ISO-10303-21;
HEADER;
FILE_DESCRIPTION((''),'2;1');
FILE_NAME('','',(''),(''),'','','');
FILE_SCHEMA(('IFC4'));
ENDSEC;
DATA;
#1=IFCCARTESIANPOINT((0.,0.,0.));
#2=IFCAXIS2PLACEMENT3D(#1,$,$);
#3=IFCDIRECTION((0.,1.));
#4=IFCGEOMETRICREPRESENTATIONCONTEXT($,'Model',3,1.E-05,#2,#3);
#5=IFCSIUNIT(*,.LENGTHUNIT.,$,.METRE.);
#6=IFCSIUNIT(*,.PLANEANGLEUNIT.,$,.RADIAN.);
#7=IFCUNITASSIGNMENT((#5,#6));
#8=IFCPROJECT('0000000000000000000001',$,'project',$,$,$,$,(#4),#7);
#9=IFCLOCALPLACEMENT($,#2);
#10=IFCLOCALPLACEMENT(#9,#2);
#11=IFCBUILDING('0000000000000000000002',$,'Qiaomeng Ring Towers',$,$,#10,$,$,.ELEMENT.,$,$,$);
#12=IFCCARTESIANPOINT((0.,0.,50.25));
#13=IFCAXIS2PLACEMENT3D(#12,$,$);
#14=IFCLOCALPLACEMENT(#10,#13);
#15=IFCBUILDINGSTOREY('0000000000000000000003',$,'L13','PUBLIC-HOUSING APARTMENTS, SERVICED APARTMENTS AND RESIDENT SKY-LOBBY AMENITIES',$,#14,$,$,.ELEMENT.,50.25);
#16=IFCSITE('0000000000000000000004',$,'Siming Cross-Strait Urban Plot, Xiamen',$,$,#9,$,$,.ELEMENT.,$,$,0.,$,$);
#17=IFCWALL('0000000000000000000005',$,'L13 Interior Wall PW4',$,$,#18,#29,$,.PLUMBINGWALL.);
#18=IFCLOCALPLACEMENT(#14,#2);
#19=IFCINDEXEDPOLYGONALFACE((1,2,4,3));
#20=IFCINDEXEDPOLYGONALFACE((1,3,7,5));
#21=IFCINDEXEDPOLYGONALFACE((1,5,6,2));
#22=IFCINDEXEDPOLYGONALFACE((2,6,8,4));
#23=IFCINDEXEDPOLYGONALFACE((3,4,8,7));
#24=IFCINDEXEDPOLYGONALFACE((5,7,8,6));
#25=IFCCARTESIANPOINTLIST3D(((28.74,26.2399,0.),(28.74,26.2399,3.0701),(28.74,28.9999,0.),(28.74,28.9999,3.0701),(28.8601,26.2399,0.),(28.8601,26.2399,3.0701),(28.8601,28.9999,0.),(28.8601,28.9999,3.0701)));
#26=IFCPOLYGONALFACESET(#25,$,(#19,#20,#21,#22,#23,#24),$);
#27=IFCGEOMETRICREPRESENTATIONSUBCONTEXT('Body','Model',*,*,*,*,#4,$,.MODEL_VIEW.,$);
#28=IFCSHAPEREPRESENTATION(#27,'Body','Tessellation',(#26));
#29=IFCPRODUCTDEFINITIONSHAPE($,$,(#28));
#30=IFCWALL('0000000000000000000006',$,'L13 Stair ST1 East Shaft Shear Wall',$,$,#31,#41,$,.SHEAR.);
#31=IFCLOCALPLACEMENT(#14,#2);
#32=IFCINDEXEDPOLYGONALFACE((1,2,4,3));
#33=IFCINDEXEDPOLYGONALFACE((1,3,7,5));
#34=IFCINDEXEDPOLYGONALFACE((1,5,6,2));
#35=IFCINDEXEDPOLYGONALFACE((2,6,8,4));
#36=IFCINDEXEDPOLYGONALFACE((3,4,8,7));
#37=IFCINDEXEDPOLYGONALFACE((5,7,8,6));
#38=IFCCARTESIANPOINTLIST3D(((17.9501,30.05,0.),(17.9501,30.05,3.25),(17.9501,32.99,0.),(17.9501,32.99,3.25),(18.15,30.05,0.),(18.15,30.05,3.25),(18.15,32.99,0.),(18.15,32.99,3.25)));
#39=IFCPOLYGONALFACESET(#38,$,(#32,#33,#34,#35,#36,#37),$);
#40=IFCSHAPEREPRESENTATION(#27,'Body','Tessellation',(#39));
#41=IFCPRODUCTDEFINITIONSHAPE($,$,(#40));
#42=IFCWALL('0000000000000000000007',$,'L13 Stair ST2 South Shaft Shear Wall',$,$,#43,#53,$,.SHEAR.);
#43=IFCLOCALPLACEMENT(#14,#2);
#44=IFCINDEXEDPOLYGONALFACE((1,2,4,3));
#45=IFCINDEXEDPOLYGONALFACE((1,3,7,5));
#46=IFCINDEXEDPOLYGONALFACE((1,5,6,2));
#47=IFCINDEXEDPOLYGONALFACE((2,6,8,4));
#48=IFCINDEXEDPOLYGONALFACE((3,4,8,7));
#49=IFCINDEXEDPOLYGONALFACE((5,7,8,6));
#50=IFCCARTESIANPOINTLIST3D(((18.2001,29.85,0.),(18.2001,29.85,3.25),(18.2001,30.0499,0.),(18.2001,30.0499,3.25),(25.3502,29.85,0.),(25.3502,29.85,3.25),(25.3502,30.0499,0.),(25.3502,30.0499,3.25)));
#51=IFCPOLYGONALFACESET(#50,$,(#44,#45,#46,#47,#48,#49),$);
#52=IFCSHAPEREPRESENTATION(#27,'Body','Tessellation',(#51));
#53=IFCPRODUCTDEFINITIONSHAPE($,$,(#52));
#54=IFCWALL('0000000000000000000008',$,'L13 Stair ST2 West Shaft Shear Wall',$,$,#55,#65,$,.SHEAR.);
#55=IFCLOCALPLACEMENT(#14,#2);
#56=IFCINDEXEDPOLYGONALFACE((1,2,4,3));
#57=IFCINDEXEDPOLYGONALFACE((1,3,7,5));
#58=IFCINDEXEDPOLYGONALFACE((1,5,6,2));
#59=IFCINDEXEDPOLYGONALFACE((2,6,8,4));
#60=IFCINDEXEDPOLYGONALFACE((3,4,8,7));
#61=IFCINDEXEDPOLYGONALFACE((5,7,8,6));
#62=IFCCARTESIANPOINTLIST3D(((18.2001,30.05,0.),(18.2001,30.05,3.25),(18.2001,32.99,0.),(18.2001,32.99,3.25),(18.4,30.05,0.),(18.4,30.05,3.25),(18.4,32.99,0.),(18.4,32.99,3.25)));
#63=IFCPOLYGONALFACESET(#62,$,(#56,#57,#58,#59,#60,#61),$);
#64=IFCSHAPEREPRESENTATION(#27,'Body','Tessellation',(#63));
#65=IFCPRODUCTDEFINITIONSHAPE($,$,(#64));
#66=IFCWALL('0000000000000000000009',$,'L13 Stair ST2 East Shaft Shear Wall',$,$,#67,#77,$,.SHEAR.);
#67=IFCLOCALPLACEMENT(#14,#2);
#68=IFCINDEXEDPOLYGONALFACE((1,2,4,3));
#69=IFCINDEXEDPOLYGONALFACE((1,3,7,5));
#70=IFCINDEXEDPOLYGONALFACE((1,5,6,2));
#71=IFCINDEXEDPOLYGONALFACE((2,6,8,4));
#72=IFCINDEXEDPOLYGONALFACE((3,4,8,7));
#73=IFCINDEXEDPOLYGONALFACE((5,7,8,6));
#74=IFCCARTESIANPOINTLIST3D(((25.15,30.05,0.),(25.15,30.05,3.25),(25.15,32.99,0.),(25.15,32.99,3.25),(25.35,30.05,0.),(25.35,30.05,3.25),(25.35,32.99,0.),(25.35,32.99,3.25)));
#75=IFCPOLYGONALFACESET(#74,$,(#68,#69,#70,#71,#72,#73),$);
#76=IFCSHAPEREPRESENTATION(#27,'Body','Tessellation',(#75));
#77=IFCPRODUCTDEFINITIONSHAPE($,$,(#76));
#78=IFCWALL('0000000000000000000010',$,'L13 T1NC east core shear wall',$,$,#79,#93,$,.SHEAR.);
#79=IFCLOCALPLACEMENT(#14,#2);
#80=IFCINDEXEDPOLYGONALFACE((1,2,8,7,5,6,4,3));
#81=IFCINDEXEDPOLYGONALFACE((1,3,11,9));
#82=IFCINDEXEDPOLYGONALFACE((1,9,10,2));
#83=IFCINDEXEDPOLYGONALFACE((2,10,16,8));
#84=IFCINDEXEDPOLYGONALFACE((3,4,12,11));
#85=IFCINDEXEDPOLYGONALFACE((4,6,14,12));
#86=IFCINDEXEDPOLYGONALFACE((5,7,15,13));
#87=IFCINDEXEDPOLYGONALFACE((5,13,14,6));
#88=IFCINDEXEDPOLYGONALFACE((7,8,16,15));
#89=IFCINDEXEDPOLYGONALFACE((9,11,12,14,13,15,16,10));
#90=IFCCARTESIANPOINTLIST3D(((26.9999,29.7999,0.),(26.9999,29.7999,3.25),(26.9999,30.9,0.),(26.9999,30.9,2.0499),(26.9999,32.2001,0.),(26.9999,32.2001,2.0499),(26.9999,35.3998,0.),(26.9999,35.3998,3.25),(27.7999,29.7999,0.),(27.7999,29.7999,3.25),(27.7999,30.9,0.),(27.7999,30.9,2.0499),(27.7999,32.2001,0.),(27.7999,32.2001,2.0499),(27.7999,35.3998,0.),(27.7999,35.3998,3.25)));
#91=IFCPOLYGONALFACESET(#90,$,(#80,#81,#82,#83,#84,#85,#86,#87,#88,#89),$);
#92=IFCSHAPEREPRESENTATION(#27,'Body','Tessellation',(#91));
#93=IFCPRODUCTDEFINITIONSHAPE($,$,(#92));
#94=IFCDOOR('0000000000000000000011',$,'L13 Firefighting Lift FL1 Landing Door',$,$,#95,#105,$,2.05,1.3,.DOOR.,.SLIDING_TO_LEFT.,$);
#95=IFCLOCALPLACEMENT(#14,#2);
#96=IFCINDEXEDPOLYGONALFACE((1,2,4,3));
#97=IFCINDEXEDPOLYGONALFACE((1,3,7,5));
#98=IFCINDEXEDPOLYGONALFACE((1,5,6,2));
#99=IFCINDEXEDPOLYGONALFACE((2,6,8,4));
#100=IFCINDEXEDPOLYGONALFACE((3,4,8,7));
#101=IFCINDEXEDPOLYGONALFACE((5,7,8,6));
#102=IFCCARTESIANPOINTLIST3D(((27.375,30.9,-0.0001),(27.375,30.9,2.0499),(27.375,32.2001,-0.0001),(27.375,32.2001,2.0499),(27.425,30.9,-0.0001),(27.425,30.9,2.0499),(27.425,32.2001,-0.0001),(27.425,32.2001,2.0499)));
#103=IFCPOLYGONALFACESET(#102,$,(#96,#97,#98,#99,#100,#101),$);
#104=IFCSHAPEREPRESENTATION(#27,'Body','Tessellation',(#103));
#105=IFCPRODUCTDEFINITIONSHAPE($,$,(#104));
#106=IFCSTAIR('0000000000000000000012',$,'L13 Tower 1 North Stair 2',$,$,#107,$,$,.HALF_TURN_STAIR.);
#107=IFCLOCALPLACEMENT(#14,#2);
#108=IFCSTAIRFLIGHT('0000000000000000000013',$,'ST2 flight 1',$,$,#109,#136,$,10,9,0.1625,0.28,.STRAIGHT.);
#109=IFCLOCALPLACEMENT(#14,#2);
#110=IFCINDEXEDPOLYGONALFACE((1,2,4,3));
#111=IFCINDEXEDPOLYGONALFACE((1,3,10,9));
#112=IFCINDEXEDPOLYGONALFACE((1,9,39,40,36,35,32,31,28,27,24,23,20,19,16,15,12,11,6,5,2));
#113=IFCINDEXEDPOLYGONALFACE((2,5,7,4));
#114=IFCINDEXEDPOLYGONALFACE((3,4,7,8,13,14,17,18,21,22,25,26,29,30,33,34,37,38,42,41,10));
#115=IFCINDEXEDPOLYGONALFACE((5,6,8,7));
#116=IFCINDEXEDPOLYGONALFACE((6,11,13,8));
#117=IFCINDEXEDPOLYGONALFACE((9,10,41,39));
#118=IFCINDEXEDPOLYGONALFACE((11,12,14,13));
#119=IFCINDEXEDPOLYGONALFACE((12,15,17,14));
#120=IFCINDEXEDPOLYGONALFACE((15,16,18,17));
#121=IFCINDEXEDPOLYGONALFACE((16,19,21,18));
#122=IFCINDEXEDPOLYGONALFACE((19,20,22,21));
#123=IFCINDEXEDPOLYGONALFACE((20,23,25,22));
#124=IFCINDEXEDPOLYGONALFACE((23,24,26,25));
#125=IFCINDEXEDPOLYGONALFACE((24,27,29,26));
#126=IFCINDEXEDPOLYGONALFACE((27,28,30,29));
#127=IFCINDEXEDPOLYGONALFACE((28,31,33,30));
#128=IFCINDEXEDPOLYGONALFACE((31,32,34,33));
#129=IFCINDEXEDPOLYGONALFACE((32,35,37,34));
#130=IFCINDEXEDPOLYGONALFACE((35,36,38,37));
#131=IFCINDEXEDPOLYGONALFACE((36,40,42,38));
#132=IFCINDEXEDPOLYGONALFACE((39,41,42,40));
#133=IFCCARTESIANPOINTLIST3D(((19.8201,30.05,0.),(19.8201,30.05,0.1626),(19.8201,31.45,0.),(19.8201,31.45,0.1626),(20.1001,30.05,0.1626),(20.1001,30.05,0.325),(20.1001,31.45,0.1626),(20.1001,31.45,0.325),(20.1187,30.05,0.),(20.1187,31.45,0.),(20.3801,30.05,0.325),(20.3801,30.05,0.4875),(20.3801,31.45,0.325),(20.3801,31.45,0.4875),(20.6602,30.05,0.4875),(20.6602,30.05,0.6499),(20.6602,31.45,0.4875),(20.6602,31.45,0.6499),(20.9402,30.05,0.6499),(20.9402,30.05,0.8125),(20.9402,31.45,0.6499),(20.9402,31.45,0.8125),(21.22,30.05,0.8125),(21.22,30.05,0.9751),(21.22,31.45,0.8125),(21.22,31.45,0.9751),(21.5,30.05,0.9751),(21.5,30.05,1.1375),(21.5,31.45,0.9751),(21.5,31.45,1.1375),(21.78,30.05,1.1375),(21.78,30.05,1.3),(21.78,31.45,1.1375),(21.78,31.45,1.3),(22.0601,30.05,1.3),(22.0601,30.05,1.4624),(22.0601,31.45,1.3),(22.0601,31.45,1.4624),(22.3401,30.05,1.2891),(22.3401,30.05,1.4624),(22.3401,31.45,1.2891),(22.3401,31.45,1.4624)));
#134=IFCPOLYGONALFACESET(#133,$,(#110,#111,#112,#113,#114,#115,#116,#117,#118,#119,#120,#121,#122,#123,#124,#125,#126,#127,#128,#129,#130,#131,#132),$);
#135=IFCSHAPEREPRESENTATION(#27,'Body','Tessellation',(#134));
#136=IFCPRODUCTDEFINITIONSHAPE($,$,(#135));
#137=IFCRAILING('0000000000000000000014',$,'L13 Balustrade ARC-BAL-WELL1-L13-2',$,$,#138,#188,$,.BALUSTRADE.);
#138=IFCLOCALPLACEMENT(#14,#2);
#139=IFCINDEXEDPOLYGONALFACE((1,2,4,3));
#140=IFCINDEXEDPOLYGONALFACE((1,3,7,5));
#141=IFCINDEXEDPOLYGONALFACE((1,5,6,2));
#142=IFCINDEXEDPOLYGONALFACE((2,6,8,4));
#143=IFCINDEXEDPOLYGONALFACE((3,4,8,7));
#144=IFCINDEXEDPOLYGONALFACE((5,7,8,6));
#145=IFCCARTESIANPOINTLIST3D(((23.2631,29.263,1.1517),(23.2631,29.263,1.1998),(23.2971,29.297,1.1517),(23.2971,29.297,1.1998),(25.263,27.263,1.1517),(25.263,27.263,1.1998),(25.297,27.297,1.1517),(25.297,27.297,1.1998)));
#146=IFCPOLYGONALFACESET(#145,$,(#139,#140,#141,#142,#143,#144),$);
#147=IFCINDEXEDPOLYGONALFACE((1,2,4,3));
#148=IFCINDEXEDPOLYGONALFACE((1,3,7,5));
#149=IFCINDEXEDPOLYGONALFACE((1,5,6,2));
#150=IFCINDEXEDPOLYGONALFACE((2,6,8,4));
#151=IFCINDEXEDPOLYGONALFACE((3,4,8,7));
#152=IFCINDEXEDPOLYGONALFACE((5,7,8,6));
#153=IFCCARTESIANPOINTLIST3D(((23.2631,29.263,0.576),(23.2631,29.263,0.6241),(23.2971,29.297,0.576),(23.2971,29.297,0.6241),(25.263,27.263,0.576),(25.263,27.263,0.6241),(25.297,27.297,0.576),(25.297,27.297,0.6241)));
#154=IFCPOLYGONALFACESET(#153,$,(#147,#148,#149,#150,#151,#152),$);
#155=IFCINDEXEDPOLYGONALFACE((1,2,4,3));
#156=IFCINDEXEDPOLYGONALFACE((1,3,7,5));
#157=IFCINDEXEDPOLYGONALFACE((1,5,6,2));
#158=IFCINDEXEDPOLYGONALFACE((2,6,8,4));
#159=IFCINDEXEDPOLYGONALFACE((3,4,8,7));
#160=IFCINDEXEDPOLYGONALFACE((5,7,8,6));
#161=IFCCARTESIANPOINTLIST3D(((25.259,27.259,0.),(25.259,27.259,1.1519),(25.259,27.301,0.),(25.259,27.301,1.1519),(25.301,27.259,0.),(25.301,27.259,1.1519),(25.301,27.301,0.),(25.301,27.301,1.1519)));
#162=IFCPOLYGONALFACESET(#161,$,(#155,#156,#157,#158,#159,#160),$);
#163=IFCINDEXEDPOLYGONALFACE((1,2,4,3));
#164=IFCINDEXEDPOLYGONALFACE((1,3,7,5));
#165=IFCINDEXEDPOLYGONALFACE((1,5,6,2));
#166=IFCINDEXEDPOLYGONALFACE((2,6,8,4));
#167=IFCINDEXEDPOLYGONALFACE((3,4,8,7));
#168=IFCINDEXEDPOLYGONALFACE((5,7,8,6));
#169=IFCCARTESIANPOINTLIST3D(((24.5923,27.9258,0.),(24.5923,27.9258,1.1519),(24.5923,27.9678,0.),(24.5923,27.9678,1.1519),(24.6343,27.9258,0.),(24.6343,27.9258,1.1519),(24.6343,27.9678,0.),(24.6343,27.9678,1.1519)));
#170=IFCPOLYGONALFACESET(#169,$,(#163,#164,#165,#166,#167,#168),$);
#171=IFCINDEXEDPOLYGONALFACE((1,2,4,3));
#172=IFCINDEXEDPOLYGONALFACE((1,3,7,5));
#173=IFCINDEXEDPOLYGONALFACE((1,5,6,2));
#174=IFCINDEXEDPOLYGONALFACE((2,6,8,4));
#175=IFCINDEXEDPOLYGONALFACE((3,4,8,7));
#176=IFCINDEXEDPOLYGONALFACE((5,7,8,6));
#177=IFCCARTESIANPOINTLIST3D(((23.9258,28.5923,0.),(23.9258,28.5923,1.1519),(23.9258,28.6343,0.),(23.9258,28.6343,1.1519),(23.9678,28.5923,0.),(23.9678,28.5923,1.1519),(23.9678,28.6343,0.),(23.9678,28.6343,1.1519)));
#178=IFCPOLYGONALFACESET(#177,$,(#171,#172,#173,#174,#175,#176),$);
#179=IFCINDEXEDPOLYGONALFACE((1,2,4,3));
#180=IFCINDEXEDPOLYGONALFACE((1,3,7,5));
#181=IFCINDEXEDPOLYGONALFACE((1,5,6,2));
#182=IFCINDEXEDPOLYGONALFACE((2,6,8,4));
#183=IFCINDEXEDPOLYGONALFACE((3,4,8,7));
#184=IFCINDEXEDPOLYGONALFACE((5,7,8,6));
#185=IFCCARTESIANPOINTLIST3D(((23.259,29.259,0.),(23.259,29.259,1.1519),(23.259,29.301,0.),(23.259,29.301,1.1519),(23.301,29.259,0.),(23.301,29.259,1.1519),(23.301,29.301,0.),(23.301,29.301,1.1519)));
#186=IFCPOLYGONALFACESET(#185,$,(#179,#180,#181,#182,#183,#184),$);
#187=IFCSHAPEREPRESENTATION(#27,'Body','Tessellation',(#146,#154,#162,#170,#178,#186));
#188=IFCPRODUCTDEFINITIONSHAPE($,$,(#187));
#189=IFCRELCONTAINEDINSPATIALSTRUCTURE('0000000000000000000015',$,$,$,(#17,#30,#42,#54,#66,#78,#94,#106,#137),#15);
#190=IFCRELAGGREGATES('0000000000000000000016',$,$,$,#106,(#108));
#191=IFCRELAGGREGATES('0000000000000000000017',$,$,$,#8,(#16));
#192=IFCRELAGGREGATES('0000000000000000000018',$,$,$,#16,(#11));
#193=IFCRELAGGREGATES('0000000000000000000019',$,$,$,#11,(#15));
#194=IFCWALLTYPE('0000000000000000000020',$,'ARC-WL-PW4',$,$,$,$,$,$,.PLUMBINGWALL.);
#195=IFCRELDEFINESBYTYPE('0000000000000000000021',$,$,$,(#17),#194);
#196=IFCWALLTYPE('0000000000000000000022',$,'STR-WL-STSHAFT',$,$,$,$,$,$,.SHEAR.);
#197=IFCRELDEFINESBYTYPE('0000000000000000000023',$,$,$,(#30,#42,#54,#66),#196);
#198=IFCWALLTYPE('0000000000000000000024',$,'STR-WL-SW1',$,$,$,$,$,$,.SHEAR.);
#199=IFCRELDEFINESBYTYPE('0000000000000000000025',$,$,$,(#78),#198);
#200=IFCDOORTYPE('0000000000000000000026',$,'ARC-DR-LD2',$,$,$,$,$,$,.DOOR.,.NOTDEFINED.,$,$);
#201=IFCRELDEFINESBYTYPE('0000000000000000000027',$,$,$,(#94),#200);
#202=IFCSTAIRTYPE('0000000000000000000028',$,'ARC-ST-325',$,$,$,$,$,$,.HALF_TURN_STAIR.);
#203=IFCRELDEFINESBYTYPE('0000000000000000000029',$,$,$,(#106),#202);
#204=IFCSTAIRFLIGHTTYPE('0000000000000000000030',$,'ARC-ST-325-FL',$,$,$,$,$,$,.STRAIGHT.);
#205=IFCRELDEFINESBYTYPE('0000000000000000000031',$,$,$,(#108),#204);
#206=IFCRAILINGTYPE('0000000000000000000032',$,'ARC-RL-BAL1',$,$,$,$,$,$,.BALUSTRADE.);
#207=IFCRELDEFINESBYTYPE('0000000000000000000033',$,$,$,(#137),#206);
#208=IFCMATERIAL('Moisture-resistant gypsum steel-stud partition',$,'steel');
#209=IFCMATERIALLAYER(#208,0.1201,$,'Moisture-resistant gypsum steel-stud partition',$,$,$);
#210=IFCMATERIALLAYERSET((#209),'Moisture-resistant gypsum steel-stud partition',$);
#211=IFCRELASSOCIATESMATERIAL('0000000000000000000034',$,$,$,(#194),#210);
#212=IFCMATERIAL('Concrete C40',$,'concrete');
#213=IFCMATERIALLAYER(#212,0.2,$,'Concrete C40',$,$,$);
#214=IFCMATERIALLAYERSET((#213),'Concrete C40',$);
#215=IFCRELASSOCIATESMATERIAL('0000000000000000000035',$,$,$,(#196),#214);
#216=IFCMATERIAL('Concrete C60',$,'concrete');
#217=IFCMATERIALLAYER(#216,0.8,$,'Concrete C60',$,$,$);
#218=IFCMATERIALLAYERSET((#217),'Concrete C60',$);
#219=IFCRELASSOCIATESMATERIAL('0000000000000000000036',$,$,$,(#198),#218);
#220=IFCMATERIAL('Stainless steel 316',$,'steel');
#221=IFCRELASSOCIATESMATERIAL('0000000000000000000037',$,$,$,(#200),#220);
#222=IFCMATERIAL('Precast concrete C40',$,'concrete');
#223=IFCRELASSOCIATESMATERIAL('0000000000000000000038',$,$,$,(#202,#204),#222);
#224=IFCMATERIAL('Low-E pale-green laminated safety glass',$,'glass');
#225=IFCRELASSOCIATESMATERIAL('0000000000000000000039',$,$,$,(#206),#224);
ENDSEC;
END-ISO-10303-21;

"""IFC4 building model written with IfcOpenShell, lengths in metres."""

from ifc_helpers import new_model, si_unit, direction, frame, frame_2d, origin, origin_2d, place, context, subcontext, project, spatial, polyline, rectangle, outline, extrude, source, transform, mapped, material, layer, layer_set, type_object, element, fill, aggregate, save


model = new_model("IFC4")

# Units and contexts
model_context = context("Model", 3, precision=1e-05, world=origin(), true_north=direction((0.0, 1.0)))
body_context = subcontext(model_context, "Body", "Model", "MODEL_VIEW")
ifc_project = project(units=[si_unit("LENGTHUNIT", "METRE"), si_unit("PLANEANGLEUNIT", "RADIAN")], contexts=[model_context])

# Site, building, storey
site_placement = place(None, origin())
site = spatial("IfcSite", under=ifc_project, at=site_placement, Name="Siming Cross-Strait Urban Plot, Xiamen", CompositionType="ELEMENT", RefElevation=0.0)
building_placement = place(site_placement, origin())
building = spatial("IfcBuilding", under=site, at=building_placement, Name="Qiaomeng Ring Towers", CompositionType="ELEMENT")
storey_placement = place(building_placement, frame((0.0, 0.0, 50.25)))
storey = spatial("IfcBuildingStorey", under=building, at=storey_placement, Name="L13", Description="PUBLIC-HOUSING APARTMENTS, SERVICED APARTMENTS AND RESIDENT SKY-LOBBY AMENITIES", CompositionType="ELEMENT", Elevation=50.25)

# Shared definitions
ifc_material_1 = material(Name="Moisture-resistant gypsum steel-stud partition", Category="steel")
ifc_layer_1 = layer(ifc_material_1, 0.1201, Name="Moisture-resistant gypsum steel-stud partition")
ifc_layer_set_1 = layer_set([ifc_layer_1], Name="Moisture-resistant gypsum steel-stud partition")
wall_type_1 = type_object("IfcWallType", Name="ARC-WL-PW4", PredefinedType="PLUMBINGWALL", material=ifc_layer_set_1)

# Walls
wall_1_placement = place(storey_placement, frame((28.8, 26.24, 0.0), z_axis=(0.0, 0.0, 1.0), x_axis=(0.0, 1.0, 0.0)))
element("IfcWall", 1, at=wall_1_placement, inside=storey, type_object=wall_type_1, Name="L13 Interior Wall PW4", PredefinedType="PLUMBINGWALL", context=body_context, shape_type="SweptSolid", body=[
    extrude(rectangle(XDim=2.76, YDim=0.1201, at=frame_2d((1.3799, 0.0))), origin(), (0.0, 0.0, 1.0), 3.0701),
])
ifc_material_2 = material(Name="Concrete C40", Category="concrete")
ifc_layer_2 = layer(ifc_material_2, 0.2, Name="Concrete C40")
ifc_layer_set_2 = layer_set([ifc_layer_2], Name="Concrete C40")
wall_type_2 = type_object("IfcWallType", Name="STR-WL-STSHAFT", PredefinedType="SHEAR", material=ifc_layer_set_2)
wall_2_placement = place(storey_placement, frame((18.05, 30.05, 0.0), z_axis=(0.0, 0.0, 1.0), x_axis=(0.0, 1.0, 0.0)))
element("IfcWall", 2, at=wall_2_placement, inside=storey, type_object=wall_type_2, Name="L13 Stair ST1 East Shaft Shear Wall", PredefinedType="SHEAR", context=body_context, shape_type="SweptSolid", body=[
    extrude(rectangle(XDim=2.9399, YDim=0.2, at=frame_2d((1.47, 0.0))), origin(), (0.0, 0.0, 1.0), 3.25),
])
wall_3_placement = place(storey_placement, frame((18.2, 29.95, 0.0), z_axis=(0.0, 0.0, 1.0), x_axis=(1.0, 0.0, 0.0)))
element("IfcWall", 3, at=wall_3_placement, inside=storey, type_object=wall_type_2, Name="L13 Stair ST2 South Shaft Shear Wall", PredefinedType="SHEAR", context=body_context, shape_type="SweptSolid", body=[
    extrude(rectangle(XDim=7.1501, YDim=0.2, at=frame_2d((3.5752, 0.0))), origin(), (0.0, 0.0, 1.0), 3.25),
])
for number, where, z_axis, x_axis, name in (
    (4, (18.3, 30.05, 0.0), (0.0, 0.0, 1.0), (0.0, 1.0, 0.0), "L13 Stair ST2 West Shaft Shear Wall"),
    (5, (25.25, 30.05, 0.0), (0.0, 0.0, 1.0), (0.0, 1.0, 0.0), "L13 Stair ST2 East Shaft Shear Wall"),
):
    element("IfcWall", number, at=place(storey_placement, frame(where, z_axis=z_axis, x_axis=x_axis)), inside=storey, type_object=wall_type_2, Name=name, PredefinedType="SHEAR", context=body_context, shape_type="SweptSolid", body=[
        extrude(rectangle(XDim=2.9399, YDim=0.2, at=frame_2d((1.47, 0.0))), origin(), (0.0, 0.0, 1.0), 3.25),
    ])

# Wall, opening, door
ifc_material_3 = material(Name="Concrete C60", Category="concrete")
ifc_layer_3 = layer(ifc_material_3, 0.8, Name="Concrete C60")
ifc_layer_set_3 = layer_set([ifc_layer_3], Name="Concrete C60")
wall_type_3 = type_object("IfcWallType", Name="STR-WL-SW1", PredefinedType="SHEAR", material=ifc_layer_set_3)
wall_4_placement = place(storey_placement, frame((27.3999, 29.8, 0.0), z_axis=(0.0, 0.0, 1.0), x_axis=(0.0, 1.0, 0.0)))
wall_4 = element("IfcWall", 6, at=wall_4_placement, inside=storey, type_object=wall_type_3, Name="L13 T1NC east core shear wall", PredefinedType="SHEAR", context=body_context, shape_type="SweptSolid", body=[
    extrude(rectangle(XDim=5.5999, YDim=0.8, at=frame_2d((2.7998, 0.0))), origin(), (0.0, 0.0, 1.0), 3.25),
])
opening_1_placement = place(wall_4_placement, frame((1.1001, 0.0, 0.0)))
opening_1 = element("IfcOpeningElement", 7, at=opening_1_placement, cuts=wall_4, PredefinedType="OPENING", context=body_context, shape_type="SweptSolid", body=[
    extrude(rectangle(XDim=1.3, YDim=2.05, at=frame_2d((0.6499, 1.0249))), frame((0.0, 0.4099, 0.0), z_axis=(0.0, -1.0, 0.0), x_axis=(1.0, 0.0, 0.0)), (0.0, 0.0, 1.0), 0.8201),
])
ifc_material_4 = material(Name="Stainless steel 316", Category="steel")
door_type_1 = type_object("IfcDoorType", Name="ARC-DR-LD2", OperationType="NOTDEFINED", PredefinedType="DOOR", material=ifc_material_4)
shared_shape_1 = source(origin(), body_context, "Body", "SweptSolid", [
    extrude(rectangle(XDim=1.3, YDim=2.05, at=frame_2d((0.6499, 1.0249))), frame((0.0, 0.0249, 0.0), z_axis=(0.0, -1.0, 0.0), x_axis=(1.0, 0.0, 0.0)), (0.0, 0.0, 1.0), 0.05),
])
door_1_placement = place(opening_1_placement, origin())
door_1 = element("IfcDoor", 8, at=door_1_placement, inside=storey, type_object=door_type_1, Name="L13 Firefighting Lift FL1 Landing Door", OperationType="SLIDING_TO_LEFT", OverallHeight=2.05, OverallWidth=1.3, PredefinedType="DOOR", context=body_context, shape_type="MappedRepresentation", body=[
    mapped(shared_shape_1, transform((0.0, 0.0, 0.0), x_axis=(1.0, 0.0, 0.0), y_axis=(0.0, 1.0, 0.0), z_axis=(0.0, 0.0, 1.0), scale=1.0)),
])
fill(opening_1, door_1)

# Stair, stair flight
ifc_material_5 = material(Name="Precast concrete C40", Category="concrete")
stair_type = type_object("IfcStairType", Name="ARC-ST-325", PredefinedType="HALF_TURN_STAIR", material=ifc_material_5)
stair_placement = place(storey_placement, origin())
stair = element("IfcStair", 9, at=stair_placement, inside=storey, type_object=stair_type, Name="L13 Tower 1 North Stair 2", PredefinedType="HALF_TURN_STAIR")
stair_flight_type = type_object("IfcStairFlightType", Name="ARC-ST-325-FL", PredefinedType="STRAIGHT", material=ifc_material_5)
shared_shape_2 = source(origin(), body_context, "Body", "SweptSolid", [
    extrude(outline(polyline([(0.0, 0.0), (0.0, 0.1626), (0.28, 0.1626), (0.28, 0.325), (0.5601, 0.325), (0.5601, 0.4875), (0.8401, 0.4875), (0.8401, 0.6499), (1.1201, 0.6499), (1.1201, 0.8125), (1.3999, 0.8125), (1.3999, 0.9751), (1.6799, 0.9751), (1.6799, 1.1375), (1.96, 1.1375), (1.96, 1.3), (2.24, 1.3), (2.24, 1.4624), (2.52, 1.4624), (2.52, 1.625), (2.52, 1.2891), (0.2986, 0.0), (0.0, 0.0)])), frame((0.0, 0.7, 0.0), z_axis=(0.0, -1.0, 0.0), x_axis=(1.0, 0.0, 0.0)), (0.0, 0.0, 1.0), 1.3999),
])
stair_flight_placement = place(storey_placement, frame((19.8201, 30.75, 0.0), z_axis=(0.0, 0.0, 1.0), x_axis=(1.0, 0.0, 0.0)))
stair_flight = element("IfcStairFlight", 10, at=stair_flight_placement, type_object=stair_flight_type, Name="ST2 flight 1", NumberOfRisers=10, NumberOfTreads=9, PredefinedType="STRAIGHT", RiserHeight=0.1625, TreadLength=0.28, context=body_context, shape_type="MappedRepresentation", body=[
    mapped(shared_shape_2, transform((0.0, 0.0, 0.0), x_axis=(1.0, 0.0, 0.0), y_axis=(0.0, 1.0, 0.0), z_axis=(0.0, 0.0, 1.0), scale=1.0)),
])
aggregate(stair, [stair_flight])

# Railing
ifc_material_6 = material(Name="Low-E pale-green laminated safety glass", Category="glass")
railing_type_1 = type_object("IfcRailingType", Name="ARC-RL-BAL1", PredefinedType="BALUSTRADE", material=ifc_material_6)
railing_1_placement = place(storey_placement, frame((25.28, 27.28, 0.0)))
element("IfcRailing", 11, at=railing_1_placement, inside=storey, type_object=railing_type_1, Name="L13 Balustrade ARC-BAL-WELL1-L13-2", PredefinedType="BALUSTRADE", context=body_context, shape_type="SweptSolid", body=[
    extrude(rectangle(XDim=0.0481, YDim=0.0481, at=origin_2d()), frame((0.0, 0.0, 1.1758), z_axis=(-0.707107, 0.707107, 0.0), x_axis=(-0.707107, -0.707107, 0.0)), (0.0, 0.0, 1.0), 2.8284),
    extrude(rectangle(XDim=0.0481, YDim=0.0481, at=origin_2d()), frame((0.0, 0.0, 0.6001), z_axis=(-0.707107, 0.707107, 0.0), x_axis=(-0.707107, -0.707107, 0.0)), (0.0, 0.0, 1.0), 2.8284),
    extrude(rectangle(XDim=0.042, YDim=0.042, at=origin_2d()), origin(), (0.0, 0.0, 1.0), 1.1519),
    extrude(rectangle(XDim=0.042, YDim=0.042, at=origin_2d()), frame((-0.6667, 0.6667, 0.0)), (0.0, 0.0, 1.0), 1.1519),
    extrude(rectangle(XDim=0.042, YDim=0.042, at=origin_2d()), frame((-1.3333, 1.3333, 0.0)), (0.0, 0.0, 1.0), 1.1519),
    extrude(rectangle(XDim=0.042, YDim=0.042, at=origin_2d()), frame((-2.0, 2.0, 0.0)), (0.0, 0.0, 1.0), 1.1519),
])

save(model, "model.ifc")
